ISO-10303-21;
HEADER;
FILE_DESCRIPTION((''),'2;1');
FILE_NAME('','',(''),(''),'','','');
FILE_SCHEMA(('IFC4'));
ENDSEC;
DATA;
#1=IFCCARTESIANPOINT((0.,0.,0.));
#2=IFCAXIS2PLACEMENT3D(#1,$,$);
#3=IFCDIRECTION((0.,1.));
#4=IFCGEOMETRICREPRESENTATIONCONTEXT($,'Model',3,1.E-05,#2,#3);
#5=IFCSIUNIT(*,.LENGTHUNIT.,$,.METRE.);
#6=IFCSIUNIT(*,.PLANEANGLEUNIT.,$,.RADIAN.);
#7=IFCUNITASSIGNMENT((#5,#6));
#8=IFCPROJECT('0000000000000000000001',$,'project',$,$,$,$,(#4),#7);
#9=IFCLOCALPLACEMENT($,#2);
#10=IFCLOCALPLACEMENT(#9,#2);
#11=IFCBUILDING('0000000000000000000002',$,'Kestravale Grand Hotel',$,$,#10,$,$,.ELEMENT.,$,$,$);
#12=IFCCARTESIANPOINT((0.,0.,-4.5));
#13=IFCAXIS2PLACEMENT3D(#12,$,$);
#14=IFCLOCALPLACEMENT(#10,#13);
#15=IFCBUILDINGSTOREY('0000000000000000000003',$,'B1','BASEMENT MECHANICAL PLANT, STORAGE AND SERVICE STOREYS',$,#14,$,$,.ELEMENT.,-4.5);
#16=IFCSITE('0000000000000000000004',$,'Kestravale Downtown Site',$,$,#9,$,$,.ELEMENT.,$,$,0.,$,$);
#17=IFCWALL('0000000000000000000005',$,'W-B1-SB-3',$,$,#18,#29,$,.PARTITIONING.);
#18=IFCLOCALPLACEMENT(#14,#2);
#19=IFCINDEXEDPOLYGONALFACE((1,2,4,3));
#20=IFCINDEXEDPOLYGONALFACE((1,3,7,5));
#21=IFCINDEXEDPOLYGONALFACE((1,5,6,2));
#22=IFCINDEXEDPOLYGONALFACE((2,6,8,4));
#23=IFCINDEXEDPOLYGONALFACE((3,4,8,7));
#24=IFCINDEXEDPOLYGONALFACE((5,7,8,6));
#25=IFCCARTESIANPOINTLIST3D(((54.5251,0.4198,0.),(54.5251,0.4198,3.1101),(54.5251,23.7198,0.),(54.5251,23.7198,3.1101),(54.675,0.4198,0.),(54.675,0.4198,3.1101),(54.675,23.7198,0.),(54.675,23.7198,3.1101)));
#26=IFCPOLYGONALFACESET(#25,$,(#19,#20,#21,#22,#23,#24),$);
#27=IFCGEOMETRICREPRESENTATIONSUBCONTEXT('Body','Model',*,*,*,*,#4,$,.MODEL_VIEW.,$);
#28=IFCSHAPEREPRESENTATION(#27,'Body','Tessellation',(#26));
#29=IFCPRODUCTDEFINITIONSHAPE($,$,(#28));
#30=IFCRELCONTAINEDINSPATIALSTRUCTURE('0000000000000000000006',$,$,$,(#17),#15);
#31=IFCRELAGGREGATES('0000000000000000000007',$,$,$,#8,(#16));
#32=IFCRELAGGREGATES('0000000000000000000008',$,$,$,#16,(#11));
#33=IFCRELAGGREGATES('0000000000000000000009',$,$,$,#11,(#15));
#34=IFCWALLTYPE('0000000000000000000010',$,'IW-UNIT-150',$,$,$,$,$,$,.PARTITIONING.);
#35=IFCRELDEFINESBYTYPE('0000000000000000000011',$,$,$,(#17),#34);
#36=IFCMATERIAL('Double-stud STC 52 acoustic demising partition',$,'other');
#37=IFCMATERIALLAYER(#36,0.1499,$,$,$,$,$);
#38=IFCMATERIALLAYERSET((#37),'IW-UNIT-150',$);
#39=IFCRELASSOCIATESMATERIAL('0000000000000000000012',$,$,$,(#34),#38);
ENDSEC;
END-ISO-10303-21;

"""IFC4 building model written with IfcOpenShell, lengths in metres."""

from ifc_helpers import new_model, si_unit, direction, frame, frame_2d, origin, place, context, subcontext, project, spatial, rectangle, extrude, material, layer, layer_set, type_object, element, save


model = new_model("IFC4")

# Units and contexts
model_context = context("Model", 3, precision=1e-05, world=origin(), true_north=direction((0.0, 1.0)))
body_context = subcontext(model_context, "Body", "Model", "MODEL_VIEW")
ifc_project = project(units=[si_unit("LENGTHUNIT", "METRE"), si_unit("PLANEANGLEUNIT", "RADIAN")], contexts=[model_context])

# Site, building, storey
site_placement = place(None, origin())
site = spatial("IfcSite", under=ifc_project, at=site_placement, Name="Kestravale Downtown Site", CompositionType="ELEMENT", RefElevation=0.0)
building_placement = place(site_placement, origin())
building = spatial("IfcBuilding", under=site, at=building_placement, Name="Kestravale Grand Hotel", CompositionType="ELEMENT")
storey_placement = place(building_placement, frame((0.0, 0.0, -4.5)))
storey = spatial("IfcBuildingStorey", under=building, at=storey_placement, Name="B1", Description="BASEMENT MECHANICAL PLANT, STORAGE AND SERVICE STOREYS", CompositionType="ELEMENT", Elevation=-4.5)

# Wall
ifc_material_1 = material(Name="Double-stud STC 52 acoustic demising partition", Category="other")
ifc_layer = layer(ifc_material_1, 0.1499)
ifc_layer_set = layer_set([ifc_layer], Name="IW-UNIT-150")
wall_type = type_object("IfcWallType", Name="IW-UNIT-150", PredefinedType="PARTITIONING", material=ifc_layer_set)
wall_placement = place(storey_placement, frame((54.6001, 0.4199, 0.0), z_axis=(0.0, 0.0, 1.0), x_axis=(0.0, 1.0, 0.0)))
element("IfcWall", 1, at=wall_placement, inside=storey, type_object=wall_type, Name="W-B1-SB-3", PredefinedType="PARTITIONING", context=body_context, shape_type="SweptSolid", body=[
    extrude(rectangle(XDim=23.3, YDim=0.1499, at=frame_2d((11.6499, 0.0))), origin(), (0.0, 0.0, 1.0), 3.1101),
])

save(model, "model.ifc")
